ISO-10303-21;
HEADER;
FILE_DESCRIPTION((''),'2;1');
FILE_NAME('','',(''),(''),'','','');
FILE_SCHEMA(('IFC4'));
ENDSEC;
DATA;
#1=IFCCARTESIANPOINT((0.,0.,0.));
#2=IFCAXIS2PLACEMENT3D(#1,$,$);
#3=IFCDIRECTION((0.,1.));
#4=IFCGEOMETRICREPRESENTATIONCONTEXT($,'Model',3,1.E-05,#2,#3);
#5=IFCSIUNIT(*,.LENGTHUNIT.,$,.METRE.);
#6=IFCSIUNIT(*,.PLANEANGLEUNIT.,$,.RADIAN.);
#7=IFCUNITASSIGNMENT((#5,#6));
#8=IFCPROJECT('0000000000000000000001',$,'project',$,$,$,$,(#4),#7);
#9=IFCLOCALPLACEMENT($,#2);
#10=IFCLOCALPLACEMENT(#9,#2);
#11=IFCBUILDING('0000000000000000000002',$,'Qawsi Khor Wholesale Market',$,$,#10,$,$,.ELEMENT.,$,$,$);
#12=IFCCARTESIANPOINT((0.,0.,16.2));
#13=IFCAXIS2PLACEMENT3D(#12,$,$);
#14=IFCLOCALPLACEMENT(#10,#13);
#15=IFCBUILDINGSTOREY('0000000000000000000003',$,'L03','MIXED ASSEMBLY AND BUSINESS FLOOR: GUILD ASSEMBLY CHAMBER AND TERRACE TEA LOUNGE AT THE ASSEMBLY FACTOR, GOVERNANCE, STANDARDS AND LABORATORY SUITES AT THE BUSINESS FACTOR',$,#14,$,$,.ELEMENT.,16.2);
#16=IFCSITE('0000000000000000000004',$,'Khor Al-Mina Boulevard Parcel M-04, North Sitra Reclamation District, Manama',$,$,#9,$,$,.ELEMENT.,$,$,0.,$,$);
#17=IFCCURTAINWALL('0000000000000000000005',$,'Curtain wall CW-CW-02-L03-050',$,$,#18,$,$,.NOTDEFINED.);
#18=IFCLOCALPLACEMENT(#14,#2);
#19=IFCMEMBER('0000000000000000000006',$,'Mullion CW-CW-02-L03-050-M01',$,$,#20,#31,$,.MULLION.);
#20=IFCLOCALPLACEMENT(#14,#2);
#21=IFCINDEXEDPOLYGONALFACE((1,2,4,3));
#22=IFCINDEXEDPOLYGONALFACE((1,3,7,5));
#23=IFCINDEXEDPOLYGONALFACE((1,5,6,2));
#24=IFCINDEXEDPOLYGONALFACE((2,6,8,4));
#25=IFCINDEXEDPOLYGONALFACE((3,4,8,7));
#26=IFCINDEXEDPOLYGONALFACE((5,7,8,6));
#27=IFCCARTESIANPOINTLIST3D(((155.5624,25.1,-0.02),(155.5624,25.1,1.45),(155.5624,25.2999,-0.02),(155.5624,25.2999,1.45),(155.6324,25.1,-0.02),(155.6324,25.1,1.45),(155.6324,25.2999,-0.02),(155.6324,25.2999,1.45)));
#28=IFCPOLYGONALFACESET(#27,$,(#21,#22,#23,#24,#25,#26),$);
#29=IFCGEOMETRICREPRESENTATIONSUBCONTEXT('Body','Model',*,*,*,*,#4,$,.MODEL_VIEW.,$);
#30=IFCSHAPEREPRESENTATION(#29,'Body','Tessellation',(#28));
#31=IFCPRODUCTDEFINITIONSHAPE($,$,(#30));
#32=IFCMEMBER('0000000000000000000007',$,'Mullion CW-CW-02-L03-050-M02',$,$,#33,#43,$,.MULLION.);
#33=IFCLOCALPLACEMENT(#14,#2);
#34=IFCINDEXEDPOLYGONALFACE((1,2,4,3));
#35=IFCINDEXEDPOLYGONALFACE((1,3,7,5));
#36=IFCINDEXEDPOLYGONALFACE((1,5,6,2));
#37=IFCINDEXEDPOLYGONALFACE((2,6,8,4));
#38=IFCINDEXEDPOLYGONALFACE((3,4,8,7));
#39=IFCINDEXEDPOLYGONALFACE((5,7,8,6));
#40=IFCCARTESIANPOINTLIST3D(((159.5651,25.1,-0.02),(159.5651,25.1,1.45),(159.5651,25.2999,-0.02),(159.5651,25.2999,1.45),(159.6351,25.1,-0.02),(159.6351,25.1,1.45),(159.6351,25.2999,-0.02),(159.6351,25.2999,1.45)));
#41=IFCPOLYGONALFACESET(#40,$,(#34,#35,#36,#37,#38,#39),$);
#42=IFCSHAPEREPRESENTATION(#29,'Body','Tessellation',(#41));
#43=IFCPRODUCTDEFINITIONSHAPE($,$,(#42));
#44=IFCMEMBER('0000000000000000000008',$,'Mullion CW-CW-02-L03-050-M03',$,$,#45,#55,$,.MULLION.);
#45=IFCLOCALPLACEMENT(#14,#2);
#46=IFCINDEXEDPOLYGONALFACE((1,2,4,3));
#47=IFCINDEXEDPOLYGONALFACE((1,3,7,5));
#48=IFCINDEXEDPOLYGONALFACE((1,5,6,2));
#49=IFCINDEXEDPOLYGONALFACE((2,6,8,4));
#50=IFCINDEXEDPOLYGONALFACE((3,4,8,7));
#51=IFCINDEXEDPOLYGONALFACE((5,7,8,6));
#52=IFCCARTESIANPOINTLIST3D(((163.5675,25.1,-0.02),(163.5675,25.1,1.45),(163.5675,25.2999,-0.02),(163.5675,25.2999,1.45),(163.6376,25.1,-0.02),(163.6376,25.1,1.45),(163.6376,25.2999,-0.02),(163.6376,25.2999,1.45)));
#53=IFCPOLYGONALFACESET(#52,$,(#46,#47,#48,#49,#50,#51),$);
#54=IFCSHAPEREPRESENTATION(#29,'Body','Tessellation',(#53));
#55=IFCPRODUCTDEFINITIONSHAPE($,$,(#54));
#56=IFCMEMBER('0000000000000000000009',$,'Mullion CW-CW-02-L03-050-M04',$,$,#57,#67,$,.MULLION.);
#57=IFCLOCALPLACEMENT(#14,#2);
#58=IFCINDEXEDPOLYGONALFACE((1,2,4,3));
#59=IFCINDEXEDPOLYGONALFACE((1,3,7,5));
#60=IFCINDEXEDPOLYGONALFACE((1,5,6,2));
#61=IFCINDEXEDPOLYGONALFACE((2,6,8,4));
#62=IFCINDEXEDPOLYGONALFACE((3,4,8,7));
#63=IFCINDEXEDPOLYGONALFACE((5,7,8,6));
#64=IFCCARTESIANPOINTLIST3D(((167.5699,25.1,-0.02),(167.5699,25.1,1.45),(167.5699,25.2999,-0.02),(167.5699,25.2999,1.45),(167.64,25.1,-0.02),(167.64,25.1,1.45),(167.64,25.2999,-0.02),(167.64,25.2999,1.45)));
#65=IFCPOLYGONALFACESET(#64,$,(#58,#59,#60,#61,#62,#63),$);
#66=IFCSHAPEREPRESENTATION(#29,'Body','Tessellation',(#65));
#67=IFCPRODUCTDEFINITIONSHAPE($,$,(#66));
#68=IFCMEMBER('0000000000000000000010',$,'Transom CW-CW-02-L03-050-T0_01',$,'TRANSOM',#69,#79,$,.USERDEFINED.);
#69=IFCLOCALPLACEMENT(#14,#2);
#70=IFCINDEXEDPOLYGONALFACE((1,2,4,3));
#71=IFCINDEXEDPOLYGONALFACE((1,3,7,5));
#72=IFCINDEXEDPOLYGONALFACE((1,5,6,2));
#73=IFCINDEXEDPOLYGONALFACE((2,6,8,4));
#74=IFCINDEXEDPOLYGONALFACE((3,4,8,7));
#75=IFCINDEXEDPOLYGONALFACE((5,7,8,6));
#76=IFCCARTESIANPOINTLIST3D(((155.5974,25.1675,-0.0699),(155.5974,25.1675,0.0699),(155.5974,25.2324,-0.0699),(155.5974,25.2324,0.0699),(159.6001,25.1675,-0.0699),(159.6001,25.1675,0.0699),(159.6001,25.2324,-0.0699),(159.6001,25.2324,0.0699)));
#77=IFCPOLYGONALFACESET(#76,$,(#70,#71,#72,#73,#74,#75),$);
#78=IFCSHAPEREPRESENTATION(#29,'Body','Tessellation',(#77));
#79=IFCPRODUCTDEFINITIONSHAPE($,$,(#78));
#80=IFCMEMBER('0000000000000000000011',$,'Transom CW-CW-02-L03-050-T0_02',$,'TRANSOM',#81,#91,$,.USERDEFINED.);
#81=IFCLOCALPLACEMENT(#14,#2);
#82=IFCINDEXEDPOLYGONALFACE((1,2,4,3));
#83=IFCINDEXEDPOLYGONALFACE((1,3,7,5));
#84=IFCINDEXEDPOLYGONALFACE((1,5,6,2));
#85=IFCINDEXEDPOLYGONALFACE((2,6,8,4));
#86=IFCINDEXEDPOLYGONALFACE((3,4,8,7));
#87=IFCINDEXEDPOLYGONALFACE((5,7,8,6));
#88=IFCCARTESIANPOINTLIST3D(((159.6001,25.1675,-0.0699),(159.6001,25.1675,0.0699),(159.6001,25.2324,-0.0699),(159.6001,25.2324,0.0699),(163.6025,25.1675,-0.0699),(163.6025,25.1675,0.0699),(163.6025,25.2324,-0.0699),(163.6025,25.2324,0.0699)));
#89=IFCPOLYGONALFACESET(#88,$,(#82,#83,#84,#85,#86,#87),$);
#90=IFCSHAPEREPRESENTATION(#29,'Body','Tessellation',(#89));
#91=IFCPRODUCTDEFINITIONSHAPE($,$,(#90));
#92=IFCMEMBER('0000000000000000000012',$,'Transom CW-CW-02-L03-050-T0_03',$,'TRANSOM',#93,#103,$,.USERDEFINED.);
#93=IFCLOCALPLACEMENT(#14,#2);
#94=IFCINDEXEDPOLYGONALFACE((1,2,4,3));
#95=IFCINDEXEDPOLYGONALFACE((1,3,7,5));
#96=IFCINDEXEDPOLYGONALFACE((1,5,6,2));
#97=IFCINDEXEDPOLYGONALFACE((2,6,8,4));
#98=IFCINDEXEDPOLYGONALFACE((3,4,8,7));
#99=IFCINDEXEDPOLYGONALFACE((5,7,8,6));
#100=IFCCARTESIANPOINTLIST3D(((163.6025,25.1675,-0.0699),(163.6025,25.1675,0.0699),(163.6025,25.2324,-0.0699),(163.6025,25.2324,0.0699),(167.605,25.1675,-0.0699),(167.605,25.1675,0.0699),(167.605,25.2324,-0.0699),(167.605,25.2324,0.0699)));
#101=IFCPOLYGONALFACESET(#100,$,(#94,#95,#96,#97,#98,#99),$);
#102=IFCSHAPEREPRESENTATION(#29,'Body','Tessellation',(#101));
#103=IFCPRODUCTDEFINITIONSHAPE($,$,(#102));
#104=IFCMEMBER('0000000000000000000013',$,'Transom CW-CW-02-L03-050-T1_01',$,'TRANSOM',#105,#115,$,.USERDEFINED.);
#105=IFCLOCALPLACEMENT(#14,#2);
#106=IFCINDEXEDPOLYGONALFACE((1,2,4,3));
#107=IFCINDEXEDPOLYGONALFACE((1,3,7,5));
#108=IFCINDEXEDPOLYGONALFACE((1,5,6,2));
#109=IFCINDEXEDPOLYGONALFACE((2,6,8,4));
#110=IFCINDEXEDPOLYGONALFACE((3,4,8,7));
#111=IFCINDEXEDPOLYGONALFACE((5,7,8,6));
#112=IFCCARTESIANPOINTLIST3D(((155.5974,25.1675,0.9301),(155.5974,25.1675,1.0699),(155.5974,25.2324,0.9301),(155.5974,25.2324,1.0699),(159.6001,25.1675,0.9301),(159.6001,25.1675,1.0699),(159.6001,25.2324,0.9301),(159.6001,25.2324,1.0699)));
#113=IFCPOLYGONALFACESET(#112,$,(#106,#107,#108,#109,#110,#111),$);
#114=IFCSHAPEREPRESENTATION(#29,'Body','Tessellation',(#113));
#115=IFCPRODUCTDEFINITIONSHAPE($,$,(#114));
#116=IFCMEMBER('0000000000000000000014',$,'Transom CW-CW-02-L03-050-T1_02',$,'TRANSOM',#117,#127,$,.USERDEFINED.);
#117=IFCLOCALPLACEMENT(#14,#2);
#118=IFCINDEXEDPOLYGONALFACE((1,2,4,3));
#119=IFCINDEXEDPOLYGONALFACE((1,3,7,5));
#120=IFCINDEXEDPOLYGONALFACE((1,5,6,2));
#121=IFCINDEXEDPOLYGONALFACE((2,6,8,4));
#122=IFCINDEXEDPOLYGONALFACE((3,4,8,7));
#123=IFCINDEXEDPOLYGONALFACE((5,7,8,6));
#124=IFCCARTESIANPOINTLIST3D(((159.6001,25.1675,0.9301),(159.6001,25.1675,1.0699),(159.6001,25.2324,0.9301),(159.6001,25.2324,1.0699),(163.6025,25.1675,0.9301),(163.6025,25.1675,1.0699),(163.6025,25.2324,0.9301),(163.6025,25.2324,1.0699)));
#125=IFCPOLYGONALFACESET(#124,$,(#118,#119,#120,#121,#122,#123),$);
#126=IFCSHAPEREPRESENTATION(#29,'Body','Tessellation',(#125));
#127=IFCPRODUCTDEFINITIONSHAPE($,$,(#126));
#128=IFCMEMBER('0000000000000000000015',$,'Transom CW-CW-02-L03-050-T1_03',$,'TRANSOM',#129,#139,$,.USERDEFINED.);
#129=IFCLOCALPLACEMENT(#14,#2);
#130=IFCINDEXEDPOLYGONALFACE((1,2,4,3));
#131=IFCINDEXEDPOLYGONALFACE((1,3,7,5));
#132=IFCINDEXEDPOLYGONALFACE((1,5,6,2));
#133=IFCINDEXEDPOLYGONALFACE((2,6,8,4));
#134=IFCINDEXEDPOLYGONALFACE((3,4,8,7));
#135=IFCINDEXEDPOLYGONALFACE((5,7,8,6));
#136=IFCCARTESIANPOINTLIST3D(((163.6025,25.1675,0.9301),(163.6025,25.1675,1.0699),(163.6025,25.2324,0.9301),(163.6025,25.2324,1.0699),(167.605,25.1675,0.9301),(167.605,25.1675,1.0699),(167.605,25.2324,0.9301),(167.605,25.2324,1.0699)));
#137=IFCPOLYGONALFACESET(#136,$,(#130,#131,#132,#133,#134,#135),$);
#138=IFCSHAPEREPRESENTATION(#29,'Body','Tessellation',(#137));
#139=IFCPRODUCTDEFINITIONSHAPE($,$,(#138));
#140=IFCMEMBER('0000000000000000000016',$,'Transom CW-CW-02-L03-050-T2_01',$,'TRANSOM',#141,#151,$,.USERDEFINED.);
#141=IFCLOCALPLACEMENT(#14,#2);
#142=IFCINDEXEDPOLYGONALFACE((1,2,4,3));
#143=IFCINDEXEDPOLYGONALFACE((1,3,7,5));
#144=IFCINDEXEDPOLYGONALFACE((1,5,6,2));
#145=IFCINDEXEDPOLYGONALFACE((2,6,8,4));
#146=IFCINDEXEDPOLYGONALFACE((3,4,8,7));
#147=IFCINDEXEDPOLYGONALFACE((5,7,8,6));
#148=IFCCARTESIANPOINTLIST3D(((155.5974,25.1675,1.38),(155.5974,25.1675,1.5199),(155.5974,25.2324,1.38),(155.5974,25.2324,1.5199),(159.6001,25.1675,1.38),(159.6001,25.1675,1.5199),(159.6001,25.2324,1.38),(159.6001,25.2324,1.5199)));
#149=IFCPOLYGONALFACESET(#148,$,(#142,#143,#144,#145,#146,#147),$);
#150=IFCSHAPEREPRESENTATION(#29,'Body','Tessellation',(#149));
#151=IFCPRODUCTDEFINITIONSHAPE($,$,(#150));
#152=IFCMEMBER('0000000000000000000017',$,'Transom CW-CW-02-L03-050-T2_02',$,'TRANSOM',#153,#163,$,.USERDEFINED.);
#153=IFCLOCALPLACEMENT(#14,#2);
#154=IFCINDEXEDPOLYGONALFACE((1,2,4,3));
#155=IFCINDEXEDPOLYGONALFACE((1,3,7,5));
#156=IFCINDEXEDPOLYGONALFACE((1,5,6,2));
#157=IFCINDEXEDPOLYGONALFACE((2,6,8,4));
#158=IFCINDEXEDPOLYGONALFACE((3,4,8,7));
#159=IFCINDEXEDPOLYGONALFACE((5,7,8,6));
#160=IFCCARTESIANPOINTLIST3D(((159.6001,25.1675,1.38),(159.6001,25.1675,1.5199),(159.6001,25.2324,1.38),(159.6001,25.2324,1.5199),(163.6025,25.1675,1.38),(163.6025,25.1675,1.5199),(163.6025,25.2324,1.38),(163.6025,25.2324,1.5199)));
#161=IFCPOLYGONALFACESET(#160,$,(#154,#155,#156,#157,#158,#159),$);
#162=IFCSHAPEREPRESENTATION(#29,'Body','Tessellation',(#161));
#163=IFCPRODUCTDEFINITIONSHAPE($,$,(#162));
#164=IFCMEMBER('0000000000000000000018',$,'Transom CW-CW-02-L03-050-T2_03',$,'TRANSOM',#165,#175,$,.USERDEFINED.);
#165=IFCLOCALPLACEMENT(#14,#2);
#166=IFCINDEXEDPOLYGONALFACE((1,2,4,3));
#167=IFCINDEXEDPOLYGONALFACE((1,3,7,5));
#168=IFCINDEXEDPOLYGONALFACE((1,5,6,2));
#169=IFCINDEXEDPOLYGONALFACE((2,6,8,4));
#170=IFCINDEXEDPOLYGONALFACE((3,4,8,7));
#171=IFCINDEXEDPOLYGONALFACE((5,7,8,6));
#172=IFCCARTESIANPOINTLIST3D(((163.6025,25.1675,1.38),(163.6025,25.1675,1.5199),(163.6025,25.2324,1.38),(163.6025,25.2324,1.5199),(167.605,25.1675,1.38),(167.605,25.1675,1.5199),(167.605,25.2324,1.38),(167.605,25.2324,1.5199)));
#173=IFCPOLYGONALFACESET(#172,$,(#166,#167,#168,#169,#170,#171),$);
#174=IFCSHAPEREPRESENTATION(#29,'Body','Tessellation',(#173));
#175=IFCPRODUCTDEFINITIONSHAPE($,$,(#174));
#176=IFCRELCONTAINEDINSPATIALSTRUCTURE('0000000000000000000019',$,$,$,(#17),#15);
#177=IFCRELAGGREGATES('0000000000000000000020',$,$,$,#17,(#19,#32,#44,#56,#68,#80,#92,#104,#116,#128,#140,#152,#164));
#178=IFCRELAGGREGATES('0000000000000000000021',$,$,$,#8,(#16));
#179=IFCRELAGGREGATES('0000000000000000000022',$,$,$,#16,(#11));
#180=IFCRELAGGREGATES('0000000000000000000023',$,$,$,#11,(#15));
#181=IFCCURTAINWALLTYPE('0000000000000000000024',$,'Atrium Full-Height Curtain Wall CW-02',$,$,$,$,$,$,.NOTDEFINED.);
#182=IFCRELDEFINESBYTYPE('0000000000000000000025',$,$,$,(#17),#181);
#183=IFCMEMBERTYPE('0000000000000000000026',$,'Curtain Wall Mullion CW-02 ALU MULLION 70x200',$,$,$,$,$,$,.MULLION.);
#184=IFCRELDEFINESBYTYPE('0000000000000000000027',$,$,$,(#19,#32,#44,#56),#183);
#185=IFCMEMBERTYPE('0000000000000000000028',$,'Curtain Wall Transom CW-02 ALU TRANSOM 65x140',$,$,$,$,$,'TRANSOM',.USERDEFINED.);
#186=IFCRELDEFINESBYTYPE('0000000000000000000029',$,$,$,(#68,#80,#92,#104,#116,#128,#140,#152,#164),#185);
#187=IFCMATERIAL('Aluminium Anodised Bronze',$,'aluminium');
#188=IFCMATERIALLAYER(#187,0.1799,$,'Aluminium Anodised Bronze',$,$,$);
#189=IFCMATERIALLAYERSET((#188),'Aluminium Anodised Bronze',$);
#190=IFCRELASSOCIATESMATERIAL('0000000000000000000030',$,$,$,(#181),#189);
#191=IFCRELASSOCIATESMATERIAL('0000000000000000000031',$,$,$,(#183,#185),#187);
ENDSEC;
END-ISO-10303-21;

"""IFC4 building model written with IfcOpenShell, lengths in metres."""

from ifc_helpers import new_model, si_unit, direction, frame, origin, origin_2d, place, context, subcontext, project, spatial, rectangle, extrude, material, layer, layer_set, material_profile, profile_set, type_object, element, aggregate, save


model = new_model("IFC4")

# Units and contexts
model_context = context("Model", 3, precision=1e-05, world=origin(), true_north=direction((0.0, 1.0)))
body_context = subcontext(model_context, "Body", "Model", "MODEL_VIEW")
ifc_project = project(units=[si_unit("LENGTHUNIT", "METRE"), si_unit("PLANEANGLEUNIT", "RADIAN")], contexts=[model_context])

# Site, building, storey
site_placement = place(None, origin())
site = spatial("IfcSite", under=ifc_project, at=site_placement, Name="Khor Al-Mina Boulevard Parcel M-04, North Sitra Reclamation District, Manama", CompositionType="ELEMENT", RefElevation=0.0)
building_placement = place(site_placement, origin())
building = spatial("IfcBuilding", under=site, at=building_placement, Name="Qawsi Khor Wholesale Market", CompositionType="ELEMENT")
storey_placement = place(building_placement, frame((0.0, 0.0, 16.2)))
storey = spatial("IfcBuildingStorey", under=building, at=storey_placement, Name="L03", Description="MIXED ASSEMBLY AND BUSINESS FLOOR: GUILD ASSEMBLY CHAMBER AND TERRACE TEA LOUNGE AT THE ASSEMBLY FACTOR, GOVERNANCE, STANDARDS AND LABORATORY SUITES AT THE BUSINESS FACTOR", CompositionType="ELEMENT", Elevation=16.2)

# Curtain wall, members
ifc_material_1 = material(Name="Aluminium Anodised Bronze", Category="aluminium")
ifc_layer_1 = layer(ifc_material_1, 0.1799, Name="Aluminium Anodised Bronze")
ifc_layer_set_1 = layer_set([ifc_layer_1], Name="Aluminium Anodised Bronze")
curtain_wall_type = type_object("IfcCurtainWallType", Name="Atrium Full-Height Curtain Wall CW-02", PredefinedType="NOTDEFINED", material=ifc_layer_set_1)
curtain_wall_placement = place(storey_placement, origin())
curtain_wall = element("IfcCurtainWall", 1, at=curtain_wall_placement, inside=storey, type_object=curtain_wall_type, Name="Curtain wall CW-CW-02-L03-050", PredefinedType="NOTDEFINED")
ifc_material_profile_1 = material_profile(ifc_material_1, rectangle(XDim=0.0701, YDim=0.2, at=origin_2d()), Name="ALU MULLION 70x200")
ifc_profile_set_1 = profile_set([ifc_material_profile_1], Name="Aluminium Anodised Bronze")
member_type_1 = type_object("IfcMemberType", Name="Curtain Wall Mullion CW-02 ALU MULLION 70x200", PredefinedType="MULLION", material=ifc_profile_set_1)
member_1_placement = place(storey_placement, frame((155.5974, 25.2, -0.02), z_axis=(0.0, 0.0, 1.0), x_axis=(1.0, 0.0, 0.0)))
member_1 = element("IfcMember", 2, at=member_1_placement, type_object=member_type_1, Name="Mullion CW-CW-02-L03-050-M01", PredefinedType="MULLION", context=body_context, shape_type="SweptSolid", body=[
    extrude(rectangle(XDim=0.0701, YDim=0.2, at=origin_2d()), origin(), (0.0, 0.0, 1.0), 1.47),
])
member_2_placement = place(storey_placement, frame((159.6001, 25.2, -0.02), z_axis=(0.0, 0.0, 1.0), x_axis=(1.0, 0.0, 0.0)))
member_2 = element("IfcMember", 3, at=member_2_placement, type_object=member_type_1, Name="Mullion CW-CW-02-L03-050-M02", PredefinedType="MULLION", context=body_context, shape_type="SweptSolid", body=[
    extrude(rectangle(XDim=0.0701, YDim=0.2, at=origin_2d()), origin(), (0.0, 0.0, 1.0), 1.47),
])
member_3_placement = place(storey_placement, frame((163.6025, 25.2, -0.02), z_axis=(0.0, 0.0, 1.0), x_axis=(1.0, 0.0, 0.0)))
member_3 = element("IfcMember", 4, at=member_3_placement, type_object=member_type_1, Name="Mullion CW-CW-02-L03-050-M03", PredefinedType="MULLION", context=body_context, shape_type="SweptSolid", body=[
    extrude(rectangle(XDim=0.0701, YDim=0.2, at=origin_2d()), origin(), (0.0, 0.0, 1.0), 1.47),
])
member_4_placement = place(storey_placement, frame((167.605, 25.2, -0.02), z_axis=(0.0, 0.0, 1.0), x_axis=(1.0, 0.0, 0.0)))
member_4 = element("IfcMember", 5, at=member_4_placement, type_object=member_type_1, Name="Mullion CW-CW-02-L03-050-M04", PredefinedType="MULLION", context=body_context, shape_type="SweptSolid", body=[
    extrude(rectangle(XDim=0.0701, YDim=0.2, at=origin_2d()), origin(), (0.0, 0.0, 1.0), 1.47),
])
ifc_material_profile_2 = material_profile(ifc_material_1, rectangle(XDim=0.0649, YDim=0.1399, at=origin_2d()), Name="ALU TRANSOM 65x140")
ifc_profile_set_2 = profile_set([ifc_material_profile_2], Name="Aluminium Anodised Bronze")
member_type_2 = type_object("IfcMemberType", Name="Curtain Wall Transom CW-02 ALU TRANSOM 65x140", ElementType="TRANSOM", PredefinedType="USERDEFINED", material=ifc_profile_set_2)
member_5_placement = place(storey_placement, frame((155.5974, 25.2, 0.0), z_axis=(1.0, 0.0, 0.0), x_axis=(0.0, 1.0, 0.0)))
member_5 = element("IfcMember", 6, at=member_5_placement, type_object=member_type_2, Name="Transom CW-CW-02-L03-050-T0_01", ObjectType="TRANSOM", PredefinedType="USERDEFINED", context=body_context, shape_type="SweptSolid", body=[
    extrude(rectangle(XDim=0.0649, YDim=0.1399, at=origin_2d()), origin(), (0.0, 0.0, 1.0), 4.0027),
])
member_6_placement = place(storey_placement, frame((159.6001, 25.2, 0.0), z_axis=(1.0, 0.0, 0.0), x_axis=(0.0, 1.0, 0.0)))
member_6 = element("IfcMember", 7, at=member_6_placement, type_object=member_type_2, Name="Transom CW-CW-02-L03-050-T0_02", ObjectType="TRANSOM", PredefinedType="USERDEFINED", context=body_context, shape_type="SweptSolid", body=[
    extrude(rectangle(XDim=0.0649, YDim=0.1399, at=origin_2d()), origin(), (0.0, 0.0, 1.0), 4.0024),
])
member_7_placement = place(storey_placement, frame((163.6025, 25.2, 0.0), z_axis=(1.0, 0.0, 0.0), x_axis=(0.0, 1.0, 0.0)))
member_7 = element("IfcMember", 8, at=member_7_placement, type_object=member_type_2, Name="Transom CW-CW-02-L03-050-T0_03", ObjectType="TRANSOM", PredefinedType="USERDEFINED", context=body_context, shape_type="SweptSolid", body=[
    extrude(rectangle(XDim=0.0649, YDim=0.1399, at=origin_2d()), origin(), (0.0, 0.0, 1.0), 4.0024),
])
member_8_placement = place(storey_placement, frame((155.5974, 25.2, 1.0), z_axis=(1.0, 0.0, 0.0), x_axis=(0.0, 1.0, 0.0)))
member_8 = element("IfcMember", 9, at=member_8_placement, type_object=member_type_2, Name="Transom CW-CW-02-L03-050-T1_01", ObjectType="TRANSOM", PredefinedType="USERDEFINED", context=body_context, shape_type="SweptSolid", body=[
    extrude(rectangle(XDim=0.0649, YDim=0.1399, at=origin_2d()), origin(), (0.0, 0.0, 1.0), 4.0027),
])
member_9_placement = place(storey_placement, frame((159.6001, 25.2, 1.0), z_axis=(1.0, 0.0, 0.0), x_axis=(0.0, 1.0, 0.0)))
member_9 = element("IfcMember", 10, at=member_9_placement, type_object=member_type_2, Name="Transom CW-CW-02-L03-050-T1_02", ObjectType="TRANSOM", PredefinedType="USERDEFINED", context=body_context, shape_type="SweptSolid", body=[
    extrude(rectangle(XDim=0.0649, YDim=0.1399, at=origin_2d()), origin(), (0.0, 0.0, 1.0), 4.0024),
])
member_10_placement = place(storey_placement, frame((163.6025, 25.2, 1.0), z_axis=(1.0, 0.0, 0.0), x_axis=(0.0, 1.0, 0.0)))
member_10 = element("IfcMember", 11, at=member_10_placement, type_object=member_type_2, Name="Transom CW-CW-02-L03-050-T1_03", ObjectType="TRANSOM", PredefinedType="USERDEFINED", context=body_context, shape_type="SweptSolid", body=[
    extrude(rectangle(XDim=0.0649, YDim=0.1399, at=origin_2d()), origin(), (0.0, 0.0, 1.0), 4.0024),
])
member_11_placement = place(storey_placement, frame((155.5974, 25.2, 1.45), z_axis=(1.0, 0.0, 0.0), x_axis=(0.0, 1.0, 0.0)))
member_11 = element("IfcMember", 12, at=member_11_placement, type_object=member_type_2, Name="Transom CW-CW-02-L03-050-T2_01", ObjectType="TRANSOM", PredefinedType="USERDEFINED", context=body_context, shape_type="SweptSolid", body=[
    extrude(rectangle(XDim=0.0649, YDim=0.1399, at=origin_2d()), origin(), (0.0, 0.0, 1.0), 4.0027),
])
member_12_placement = place(storey_placement, frame((159.6001, 25.2, 1.45), z_axis=(1.0, 0.0, 0.0), x_axis=(0.0, 1.0, 0.0)))
member_12 = element("IfcMember", 13, at=member_12_placement, type_object=member_type_2, Name="Transom CW-CW-02-L03-050-T2_02", ObjectType="TRANSOM", PredefinedType="USERDEFINED", context=body_context, shape_type="SweptSolid", body=[
    extrude(rectangle(XDim=0.0649, YDim=0.1399, at=origin_2d()), origin(), (0.0, 0.0, 1.0), 4.0024),
])
member_13_placement = place(storey_placement, frame((163.6025, 25.2, 1.45), z_axis=(1.0, 0.0, 0.0), x_axis=(0.0, 1.0, 0.0)))
member_13 = element("IfcMember", 14, at=member_13_placement, type_object=member_type_2, Name="Transom CW-CW-02-L03-050-T2_03", ObjectType="TRANSOM", PredefinedType="USERDEFINED", context=body_context, shape_type="SweptSolid", body=[
    extrude(rectangle(XDim=0.0649, YDim=0.1399, at=origin_2d()), origin(), (0.0, 0.0, 1.0), 4.0024),
])

aggregate(curtain_wall, [member_1, member_2, member_3, member_4, member_5, member_6, member_7, member_8, member_9, member_10, member_11, member_12, member_13])

save(model, "model.ifc")
